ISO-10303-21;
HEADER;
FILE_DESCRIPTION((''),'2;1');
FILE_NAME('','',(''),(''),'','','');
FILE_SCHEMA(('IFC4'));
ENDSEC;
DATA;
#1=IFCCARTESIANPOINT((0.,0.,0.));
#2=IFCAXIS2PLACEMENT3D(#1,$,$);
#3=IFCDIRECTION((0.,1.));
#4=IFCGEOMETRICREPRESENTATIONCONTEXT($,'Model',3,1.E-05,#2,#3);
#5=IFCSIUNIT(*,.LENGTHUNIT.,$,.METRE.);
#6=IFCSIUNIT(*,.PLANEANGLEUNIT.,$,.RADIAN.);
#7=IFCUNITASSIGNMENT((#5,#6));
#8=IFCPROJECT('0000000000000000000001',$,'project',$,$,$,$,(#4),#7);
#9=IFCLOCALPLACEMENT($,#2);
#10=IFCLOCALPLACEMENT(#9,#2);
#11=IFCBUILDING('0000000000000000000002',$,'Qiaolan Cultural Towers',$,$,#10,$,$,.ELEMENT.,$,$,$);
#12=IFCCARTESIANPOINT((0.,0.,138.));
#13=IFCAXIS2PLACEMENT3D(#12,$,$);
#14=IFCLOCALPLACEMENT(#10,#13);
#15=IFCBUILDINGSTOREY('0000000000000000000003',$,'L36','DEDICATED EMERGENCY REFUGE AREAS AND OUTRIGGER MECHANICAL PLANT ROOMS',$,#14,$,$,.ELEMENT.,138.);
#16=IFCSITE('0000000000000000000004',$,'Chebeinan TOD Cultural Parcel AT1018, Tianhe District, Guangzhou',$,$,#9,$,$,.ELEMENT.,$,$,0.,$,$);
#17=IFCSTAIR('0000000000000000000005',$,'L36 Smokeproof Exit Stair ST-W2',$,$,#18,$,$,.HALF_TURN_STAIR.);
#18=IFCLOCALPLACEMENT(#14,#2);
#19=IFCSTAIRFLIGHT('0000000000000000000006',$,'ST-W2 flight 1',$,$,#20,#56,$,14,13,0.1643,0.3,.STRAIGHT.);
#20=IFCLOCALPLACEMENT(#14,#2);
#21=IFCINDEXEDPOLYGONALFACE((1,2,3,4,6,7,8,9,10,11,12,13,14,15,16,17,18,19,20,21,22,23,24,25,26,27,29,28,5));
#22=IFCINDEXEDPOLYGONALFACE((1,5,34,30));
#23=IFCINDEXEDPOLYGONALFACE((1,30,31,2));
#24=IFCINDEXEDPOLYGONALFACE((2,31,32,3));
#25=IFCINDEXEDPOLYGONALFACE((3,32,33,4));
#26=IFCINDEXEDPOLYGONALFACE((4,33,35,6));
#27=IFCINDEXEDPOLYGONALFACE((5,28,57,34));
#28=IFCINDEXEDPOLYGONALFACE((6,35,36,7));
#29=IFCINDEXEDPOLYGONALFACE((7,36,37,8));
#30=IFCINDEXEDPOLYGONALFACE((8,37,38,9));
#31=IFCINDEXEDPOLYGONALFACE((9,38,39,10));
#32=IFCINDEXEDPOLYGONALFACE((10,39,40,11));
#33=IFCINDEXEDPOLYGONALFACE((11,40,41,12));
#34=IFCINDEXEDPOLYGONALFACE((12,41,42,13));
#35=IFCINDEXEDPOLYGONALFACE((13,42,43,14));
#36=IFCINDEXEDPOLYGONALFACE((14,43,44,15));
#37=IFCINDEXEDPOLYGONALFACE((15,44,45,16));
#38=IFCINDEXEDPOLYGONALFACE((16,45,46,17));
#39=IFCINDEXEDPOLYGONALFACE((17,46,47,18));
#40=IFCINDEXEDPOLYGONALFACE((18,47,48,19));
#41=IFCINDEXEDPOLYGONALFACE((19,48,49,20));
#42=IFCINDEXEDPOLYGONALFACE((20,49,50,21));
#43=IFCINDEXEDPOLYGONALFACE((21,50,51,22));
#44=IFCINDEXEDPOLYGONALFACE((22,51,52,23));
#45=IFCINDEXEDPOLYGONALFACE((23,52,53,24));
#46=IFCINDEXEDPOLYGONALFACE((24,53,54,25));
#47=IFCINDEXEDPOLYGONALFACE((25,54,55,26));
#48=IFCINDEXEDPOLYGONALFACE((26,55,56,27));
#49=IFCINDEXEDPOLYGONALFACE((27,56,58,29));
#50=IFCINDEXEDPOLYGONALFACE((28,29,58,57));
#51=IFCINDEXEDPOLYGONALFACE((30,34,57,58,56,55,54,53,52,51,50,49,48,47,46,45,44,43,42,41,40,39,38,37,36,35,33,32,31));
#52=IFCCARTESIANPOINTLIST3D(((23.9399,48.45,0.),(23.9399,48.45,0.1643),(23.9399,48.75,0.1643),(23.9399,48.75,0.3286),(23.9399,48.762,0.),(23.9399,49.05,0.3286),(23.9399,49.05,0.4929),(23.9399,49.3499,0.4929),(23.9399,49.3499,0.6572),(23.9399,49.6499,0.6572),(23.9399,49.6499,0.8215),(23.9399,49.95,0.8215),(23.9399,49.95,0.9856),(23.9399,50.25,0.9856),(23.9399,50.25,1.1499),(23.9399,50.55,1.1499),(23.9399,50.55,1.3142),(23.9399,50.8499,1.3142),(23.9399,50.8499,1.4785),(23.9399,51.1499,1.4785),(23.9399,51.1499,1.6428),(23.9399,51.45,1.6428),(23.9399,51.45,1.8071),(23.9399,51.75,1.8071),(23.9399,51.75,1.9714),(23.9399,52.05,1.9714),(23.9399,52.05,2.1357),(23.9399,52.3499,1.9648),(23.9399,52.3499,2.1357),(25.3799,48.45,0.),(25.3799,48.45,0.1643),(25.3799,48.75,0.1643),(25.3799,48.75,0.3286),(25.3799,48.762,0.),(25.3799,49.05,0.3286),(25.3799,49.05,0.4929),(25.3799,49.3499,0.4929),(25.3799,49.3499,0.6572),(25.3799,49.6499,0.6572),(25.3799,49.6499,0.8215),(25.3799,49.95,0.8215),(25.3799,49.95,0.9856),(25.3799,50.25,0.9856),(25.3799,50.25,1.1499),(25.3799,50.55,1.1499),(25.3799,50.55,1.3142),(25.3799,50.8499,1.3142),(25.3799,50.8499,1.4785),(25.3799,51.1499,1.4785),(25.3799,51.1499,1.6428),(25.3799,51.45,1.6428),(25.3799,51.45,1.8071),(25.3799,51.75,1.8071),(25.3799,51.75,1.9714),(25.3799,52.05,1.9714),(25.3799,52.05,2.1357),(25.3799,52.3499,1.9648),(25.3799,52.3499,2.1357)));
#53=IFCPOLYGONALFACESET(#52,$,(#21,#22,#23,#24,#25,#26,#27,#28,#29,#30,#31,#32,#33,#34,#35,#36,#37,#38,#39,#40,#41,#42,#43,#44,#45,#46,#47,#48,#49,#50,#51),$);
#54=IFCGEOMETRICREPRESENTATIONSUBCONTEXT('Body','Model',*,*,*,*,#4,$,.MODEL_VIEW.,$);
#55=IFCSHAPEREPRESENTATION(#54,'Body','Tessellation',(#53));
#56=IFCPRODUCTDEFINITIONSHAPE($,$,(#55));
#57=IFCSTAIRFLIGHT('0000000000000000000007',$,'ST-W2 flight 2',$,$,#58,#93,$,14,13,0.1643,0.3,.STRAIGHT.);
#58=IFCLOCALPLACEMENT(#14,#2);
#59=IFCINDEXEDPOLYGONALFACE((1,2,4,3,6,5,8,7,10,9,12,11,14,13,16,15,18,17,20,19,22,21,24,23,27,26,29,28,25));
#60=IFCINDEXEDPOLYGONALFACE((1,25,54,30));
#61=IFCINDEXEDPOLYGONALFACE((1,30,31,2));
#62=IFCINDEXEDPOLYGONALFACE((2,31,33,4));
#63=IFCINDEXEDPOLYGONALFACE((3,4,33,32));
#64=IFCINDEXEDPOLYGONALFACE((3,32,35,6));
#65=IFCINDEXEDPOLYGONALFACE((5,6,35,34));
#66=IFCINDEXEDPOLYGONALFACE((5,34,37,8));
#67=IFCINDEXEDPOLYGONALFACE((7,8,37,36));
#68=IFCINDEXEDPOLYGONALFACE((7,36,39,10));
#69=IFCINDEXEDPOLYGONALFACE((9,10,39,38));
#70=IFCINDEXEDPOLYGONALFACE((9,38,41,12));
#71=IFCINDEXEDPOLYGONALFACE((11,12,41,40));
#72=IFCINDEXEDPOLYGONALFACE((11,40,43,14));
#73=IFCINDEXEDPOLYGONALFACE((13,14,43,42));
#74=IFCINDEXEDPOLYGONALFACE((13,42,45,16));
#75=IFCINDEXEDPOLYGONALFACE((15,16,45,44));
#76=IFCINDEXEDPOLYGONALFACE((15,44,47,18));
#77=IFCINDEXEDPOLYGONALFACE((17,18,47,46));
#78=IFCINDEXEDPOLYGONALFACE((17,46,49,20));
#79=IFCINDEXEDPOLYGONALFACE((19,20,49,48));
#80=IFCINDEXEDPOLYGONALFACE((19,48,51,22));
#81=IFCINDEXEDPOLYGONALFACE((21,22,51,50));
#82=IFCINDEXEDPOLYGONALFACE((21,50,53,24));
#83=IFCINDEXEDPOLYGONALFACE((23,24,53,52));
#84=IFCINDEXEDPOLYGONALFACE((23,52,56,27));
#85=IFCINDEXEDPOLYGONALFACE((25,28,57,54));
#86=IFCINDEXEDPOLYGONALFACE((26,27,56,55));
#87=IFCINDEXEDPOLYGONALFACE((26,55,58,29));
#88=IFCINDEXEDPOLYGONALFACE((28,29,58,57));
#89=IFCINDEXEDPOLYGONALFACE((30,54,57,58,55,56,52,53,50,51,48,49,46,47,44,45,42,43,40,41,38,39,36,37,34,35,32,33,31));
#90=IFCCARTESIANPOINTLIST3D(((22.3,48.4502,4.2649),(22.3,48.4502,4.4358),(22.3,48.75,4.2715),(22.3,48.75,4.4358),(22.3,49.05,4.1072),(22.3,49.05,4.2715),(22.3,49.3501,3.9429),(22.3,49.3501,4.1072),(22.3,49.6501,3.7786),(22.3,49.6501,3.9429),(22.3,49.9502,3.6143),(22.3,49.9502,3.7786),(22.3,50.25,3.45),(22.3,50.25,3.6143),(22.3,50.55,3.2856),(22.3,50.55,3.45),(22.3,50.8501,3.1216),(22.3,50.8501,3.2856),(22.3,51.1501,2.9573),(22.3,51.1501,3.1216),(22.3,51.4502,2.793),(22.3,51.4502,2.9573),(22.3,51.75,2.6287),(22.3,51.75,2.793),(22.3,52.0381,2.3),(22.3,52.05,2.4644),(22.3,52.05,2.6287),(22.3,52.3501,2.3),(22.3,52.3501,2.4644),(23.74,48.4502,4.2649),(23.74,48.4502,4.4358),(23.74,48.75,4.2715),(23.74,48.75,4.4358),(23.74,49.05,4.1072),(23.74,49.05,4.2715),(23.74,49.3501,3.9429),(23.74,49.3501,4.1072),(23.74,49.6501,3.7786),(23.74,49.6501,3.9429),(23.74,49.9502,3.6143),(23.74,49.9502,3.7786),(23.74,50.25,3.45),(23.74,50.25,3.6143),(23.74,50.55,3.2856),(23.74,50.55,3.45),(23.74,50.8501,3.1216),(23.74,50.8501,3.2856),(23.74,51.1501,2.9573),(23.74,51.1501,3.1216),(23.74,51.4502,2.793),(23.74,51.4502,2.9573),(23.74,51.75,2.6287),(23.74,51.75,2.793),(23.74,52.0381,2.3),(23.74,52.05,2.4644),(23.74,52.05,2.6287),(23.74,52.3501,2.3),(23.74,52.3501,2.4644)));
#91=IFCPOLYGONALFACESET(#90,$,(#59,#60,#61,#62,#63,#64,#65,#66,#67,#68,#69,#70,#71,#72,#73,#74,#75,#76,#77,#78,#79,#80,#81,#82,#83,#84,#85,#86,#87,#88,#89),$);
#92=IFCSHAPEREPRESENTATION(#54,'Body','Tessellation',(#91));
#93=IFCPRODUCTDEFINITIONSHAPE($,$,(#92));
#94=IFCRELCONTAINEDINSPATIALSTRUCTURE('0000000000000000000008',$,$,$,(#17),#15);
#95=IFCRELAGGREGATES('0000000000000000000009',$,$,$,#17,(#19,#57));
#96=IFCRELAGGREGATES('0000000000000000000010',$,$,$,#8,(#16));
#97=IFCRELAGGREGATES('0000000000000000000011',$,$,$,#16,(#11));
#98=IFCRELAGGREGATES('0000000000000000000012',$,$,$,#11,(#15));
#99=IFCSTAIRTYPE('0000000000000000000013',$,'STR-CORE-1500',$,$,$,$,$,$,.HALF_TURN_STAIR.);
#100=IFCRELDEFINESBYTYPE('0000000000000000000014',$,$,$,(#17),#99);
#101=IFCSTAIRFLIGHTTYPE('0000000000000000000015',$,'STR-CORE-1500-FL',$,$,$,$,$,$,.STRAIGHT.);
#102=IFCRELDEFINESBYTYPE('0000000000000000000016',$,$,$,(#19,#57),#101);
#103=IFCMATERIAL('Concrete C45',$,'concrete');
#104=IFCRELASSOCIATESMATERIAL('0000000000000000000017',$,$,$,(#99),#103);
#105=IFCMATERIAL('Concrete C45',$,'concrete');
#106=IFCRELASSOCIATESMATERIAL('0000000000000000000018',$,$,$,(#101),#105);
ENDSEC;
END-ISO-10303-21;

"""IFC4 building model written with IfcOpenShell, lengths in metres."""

from ifc_helpers import new_model, si_unit, direction, frame, origin, place, context, subcontext, project, spatial, polyline, outline, extrude, material, type_object, element, aggregate, save


model = new_model("IFC4")

# Units and contexts
model_context = context("Model", 3, precision=1e-05, world=origin(), true_north=direction((0.0, 1.0)))
body_context = subcontext(model_context, "Body", "Model", "MODEL_VIEW")
ifc_project = project(units=[si_unit("LENGTHUNIT", "METRE"), si_unit("PLANEANGLEUNIT", "RADIAN")], contexts=[model_context])

# Site, building, storey
site_placement = place(None, origin())
site = spatial("IfcSite", under=ifc_project, at=site_placement, Name="Chebeinan TOD Cultural Parcel AT1018, Tianhe District, Guangzhou", CompositionType="ELEMENT", RefElevation=0.0)
building_placement = place(site_placement, origin())
building = spatial("IfcBuilding", under=site, at=building_placement, Name="Qiaolan Cultural Towers", CompositionType="ELEMENT")
storey_placement = place(building_placement, frame((0.0, 0.0, 138.0)))
storey = spatial("IfcBuildingStorey", under=building, at=storey_placement, Name="L36", Description="DEDICATED EMERGENCY REFUGE AREAS AND OUTRIGGER MECHANICAL PLANT ROOMS", CompositionType="ELEMENT", Elevation=138.0)

# Stair, stair flights
ifc_material_1 = material(Name="Concrete C45", Category="concrete")
stair_type = type_object("IfcStairType", Name="STR-CORE-1500", PredefinedType="HALF_TURN_STAIR", material=ifc_material_1)
stair_placement = place(storey_placement, origin())
stair = element("IfcStair", 1, at=stair_placement, inside=storey, type_object=stair_type, Name="L36 Smokeproof Exit Stair ST-W2", PredefinedType="HALF_TURN_STAIR")
ifc_material_2 = material(Name="Concrete C45", Category="concrete")
stair_flight_type = type_object("IfcStairFlightType", Name="STR-CORE-1500-FL", PredefinedType="STRAIGHT", material=ifc_material_2)
stair_flight_1_placement = place(storey_placement, frame((24.6599, 48.45, 0.0), z_axis=(0.0, 0.0, 1.0), x_axis=(0.0, 1.0, 0.0)))
stair_flight_1 = element("IfcStairFlight", 2, at=stair_flight_1_placement, type_object=stair_flight_type, Name="ST-W2 flight 1", NumberOfRisers=14, NumberOfTreads=13, PredefinedType="STRAIGHT", RiserHeight=0.1643, TreadLength=0.3, context=body_context, shape_type="SweptSolid", body=[
    extrude(outline(polyline([(0.0, 0.0), (0.0, 0.1643), (0.3, 0.1643), (0.3, 0.3286), (0.6001, 0.3286), (0.6001, 0.4929), (0.8999, 0.4929), (0.8999, 0.6572), (1.2, 0.6572), (1.2, 0.8215), (1.5, 0.8215), (1.5, 0.9856), (1.8, 0.9856), (1.8, 1.1499), (2.1001, 1.1499), (2.1001, 1.3142), (2.3999, 1.3142), (2.3999, 1.4785), (2.7, 1.4785), (2.7, 1.6428), (3.0, 1.6428), (3.0, 1.8071), (3.3, 1.8071), (3.3, 1.9714), (3.6001, 1.9714), (3.6001, 2.1357), (3.8999, 2.1357), (3.8999, 2.3), (3.8999, 1.9648), (0.312, 0.0), (0.0, 0.0)])), frame((0.0, 0.72, 0.0), z_axis=(0.0, -1.0, 0.0), x_axis=(1.0, 0.0, 0.0)), (0.0, 0.0, 1.0), 1.4399),
])
stair_flight_2_placement = place(storey_placement, frame((23.02, 52.3501, 2.3), z_axis=(0.0, 0.0, 1.0), x_axis=(0.0, -1.0, 0.0)))
stair_flight_2 = element("IfcStairFlight", 3, at=stair_flight_2_placement, type_object=stair_flight_type, Name="ST-W2 flight 2", NumberOfRisers=14, NumberOfTreads=13, PredefinedType="STRAIGHT", RiserHeight=0.1643, TreadLength=0.3, context=body_context, shape_type="SweptSolid", body=[
    extrude(outline(polyline([(0.0, 0.0), (0.0, 0.1643), (0.3, 0.1643), (0.3, 0.3286), (0.6001, 0.3286), (0.6001, 0.4929), (0.8999, 0.4929), (0.8999, 0.6572), (1.2, 0.6572), (1.2, 0.8215), (1.5, 0.8215), (1.5, 0.9856), (1.8, 0.9856), (1.8, 1.1499), (2.1001, 1.1499), (2.1001, 1.3142), (2.3999, 1.3142), (2.3999, 1.4785), (2.7, 1.4785), (2.7, 1.6428), (3.0, 1.6428), (3.0, 1.8071), (3.3, 1.8071), (3.3, 1.9714), (3.6001, 1.9714), (3.6001, 2.1357), (3.8999, 2.1357), (3.8999, 2.3), (3.8999, 1.9648), (0.312, 0.0), (0.0, 0.0)])), frame((0.0, 0.72, 0.0), z_axis=(0.0, -1.0, 0.0), x_axis=(1.0, 0.0, 0.0)), (0.0, 0.0, 1.0), 1.4399),
])
aggregate(stair, [stair_flight_1, stair_flight_2])

save(model, "model.ifc")
